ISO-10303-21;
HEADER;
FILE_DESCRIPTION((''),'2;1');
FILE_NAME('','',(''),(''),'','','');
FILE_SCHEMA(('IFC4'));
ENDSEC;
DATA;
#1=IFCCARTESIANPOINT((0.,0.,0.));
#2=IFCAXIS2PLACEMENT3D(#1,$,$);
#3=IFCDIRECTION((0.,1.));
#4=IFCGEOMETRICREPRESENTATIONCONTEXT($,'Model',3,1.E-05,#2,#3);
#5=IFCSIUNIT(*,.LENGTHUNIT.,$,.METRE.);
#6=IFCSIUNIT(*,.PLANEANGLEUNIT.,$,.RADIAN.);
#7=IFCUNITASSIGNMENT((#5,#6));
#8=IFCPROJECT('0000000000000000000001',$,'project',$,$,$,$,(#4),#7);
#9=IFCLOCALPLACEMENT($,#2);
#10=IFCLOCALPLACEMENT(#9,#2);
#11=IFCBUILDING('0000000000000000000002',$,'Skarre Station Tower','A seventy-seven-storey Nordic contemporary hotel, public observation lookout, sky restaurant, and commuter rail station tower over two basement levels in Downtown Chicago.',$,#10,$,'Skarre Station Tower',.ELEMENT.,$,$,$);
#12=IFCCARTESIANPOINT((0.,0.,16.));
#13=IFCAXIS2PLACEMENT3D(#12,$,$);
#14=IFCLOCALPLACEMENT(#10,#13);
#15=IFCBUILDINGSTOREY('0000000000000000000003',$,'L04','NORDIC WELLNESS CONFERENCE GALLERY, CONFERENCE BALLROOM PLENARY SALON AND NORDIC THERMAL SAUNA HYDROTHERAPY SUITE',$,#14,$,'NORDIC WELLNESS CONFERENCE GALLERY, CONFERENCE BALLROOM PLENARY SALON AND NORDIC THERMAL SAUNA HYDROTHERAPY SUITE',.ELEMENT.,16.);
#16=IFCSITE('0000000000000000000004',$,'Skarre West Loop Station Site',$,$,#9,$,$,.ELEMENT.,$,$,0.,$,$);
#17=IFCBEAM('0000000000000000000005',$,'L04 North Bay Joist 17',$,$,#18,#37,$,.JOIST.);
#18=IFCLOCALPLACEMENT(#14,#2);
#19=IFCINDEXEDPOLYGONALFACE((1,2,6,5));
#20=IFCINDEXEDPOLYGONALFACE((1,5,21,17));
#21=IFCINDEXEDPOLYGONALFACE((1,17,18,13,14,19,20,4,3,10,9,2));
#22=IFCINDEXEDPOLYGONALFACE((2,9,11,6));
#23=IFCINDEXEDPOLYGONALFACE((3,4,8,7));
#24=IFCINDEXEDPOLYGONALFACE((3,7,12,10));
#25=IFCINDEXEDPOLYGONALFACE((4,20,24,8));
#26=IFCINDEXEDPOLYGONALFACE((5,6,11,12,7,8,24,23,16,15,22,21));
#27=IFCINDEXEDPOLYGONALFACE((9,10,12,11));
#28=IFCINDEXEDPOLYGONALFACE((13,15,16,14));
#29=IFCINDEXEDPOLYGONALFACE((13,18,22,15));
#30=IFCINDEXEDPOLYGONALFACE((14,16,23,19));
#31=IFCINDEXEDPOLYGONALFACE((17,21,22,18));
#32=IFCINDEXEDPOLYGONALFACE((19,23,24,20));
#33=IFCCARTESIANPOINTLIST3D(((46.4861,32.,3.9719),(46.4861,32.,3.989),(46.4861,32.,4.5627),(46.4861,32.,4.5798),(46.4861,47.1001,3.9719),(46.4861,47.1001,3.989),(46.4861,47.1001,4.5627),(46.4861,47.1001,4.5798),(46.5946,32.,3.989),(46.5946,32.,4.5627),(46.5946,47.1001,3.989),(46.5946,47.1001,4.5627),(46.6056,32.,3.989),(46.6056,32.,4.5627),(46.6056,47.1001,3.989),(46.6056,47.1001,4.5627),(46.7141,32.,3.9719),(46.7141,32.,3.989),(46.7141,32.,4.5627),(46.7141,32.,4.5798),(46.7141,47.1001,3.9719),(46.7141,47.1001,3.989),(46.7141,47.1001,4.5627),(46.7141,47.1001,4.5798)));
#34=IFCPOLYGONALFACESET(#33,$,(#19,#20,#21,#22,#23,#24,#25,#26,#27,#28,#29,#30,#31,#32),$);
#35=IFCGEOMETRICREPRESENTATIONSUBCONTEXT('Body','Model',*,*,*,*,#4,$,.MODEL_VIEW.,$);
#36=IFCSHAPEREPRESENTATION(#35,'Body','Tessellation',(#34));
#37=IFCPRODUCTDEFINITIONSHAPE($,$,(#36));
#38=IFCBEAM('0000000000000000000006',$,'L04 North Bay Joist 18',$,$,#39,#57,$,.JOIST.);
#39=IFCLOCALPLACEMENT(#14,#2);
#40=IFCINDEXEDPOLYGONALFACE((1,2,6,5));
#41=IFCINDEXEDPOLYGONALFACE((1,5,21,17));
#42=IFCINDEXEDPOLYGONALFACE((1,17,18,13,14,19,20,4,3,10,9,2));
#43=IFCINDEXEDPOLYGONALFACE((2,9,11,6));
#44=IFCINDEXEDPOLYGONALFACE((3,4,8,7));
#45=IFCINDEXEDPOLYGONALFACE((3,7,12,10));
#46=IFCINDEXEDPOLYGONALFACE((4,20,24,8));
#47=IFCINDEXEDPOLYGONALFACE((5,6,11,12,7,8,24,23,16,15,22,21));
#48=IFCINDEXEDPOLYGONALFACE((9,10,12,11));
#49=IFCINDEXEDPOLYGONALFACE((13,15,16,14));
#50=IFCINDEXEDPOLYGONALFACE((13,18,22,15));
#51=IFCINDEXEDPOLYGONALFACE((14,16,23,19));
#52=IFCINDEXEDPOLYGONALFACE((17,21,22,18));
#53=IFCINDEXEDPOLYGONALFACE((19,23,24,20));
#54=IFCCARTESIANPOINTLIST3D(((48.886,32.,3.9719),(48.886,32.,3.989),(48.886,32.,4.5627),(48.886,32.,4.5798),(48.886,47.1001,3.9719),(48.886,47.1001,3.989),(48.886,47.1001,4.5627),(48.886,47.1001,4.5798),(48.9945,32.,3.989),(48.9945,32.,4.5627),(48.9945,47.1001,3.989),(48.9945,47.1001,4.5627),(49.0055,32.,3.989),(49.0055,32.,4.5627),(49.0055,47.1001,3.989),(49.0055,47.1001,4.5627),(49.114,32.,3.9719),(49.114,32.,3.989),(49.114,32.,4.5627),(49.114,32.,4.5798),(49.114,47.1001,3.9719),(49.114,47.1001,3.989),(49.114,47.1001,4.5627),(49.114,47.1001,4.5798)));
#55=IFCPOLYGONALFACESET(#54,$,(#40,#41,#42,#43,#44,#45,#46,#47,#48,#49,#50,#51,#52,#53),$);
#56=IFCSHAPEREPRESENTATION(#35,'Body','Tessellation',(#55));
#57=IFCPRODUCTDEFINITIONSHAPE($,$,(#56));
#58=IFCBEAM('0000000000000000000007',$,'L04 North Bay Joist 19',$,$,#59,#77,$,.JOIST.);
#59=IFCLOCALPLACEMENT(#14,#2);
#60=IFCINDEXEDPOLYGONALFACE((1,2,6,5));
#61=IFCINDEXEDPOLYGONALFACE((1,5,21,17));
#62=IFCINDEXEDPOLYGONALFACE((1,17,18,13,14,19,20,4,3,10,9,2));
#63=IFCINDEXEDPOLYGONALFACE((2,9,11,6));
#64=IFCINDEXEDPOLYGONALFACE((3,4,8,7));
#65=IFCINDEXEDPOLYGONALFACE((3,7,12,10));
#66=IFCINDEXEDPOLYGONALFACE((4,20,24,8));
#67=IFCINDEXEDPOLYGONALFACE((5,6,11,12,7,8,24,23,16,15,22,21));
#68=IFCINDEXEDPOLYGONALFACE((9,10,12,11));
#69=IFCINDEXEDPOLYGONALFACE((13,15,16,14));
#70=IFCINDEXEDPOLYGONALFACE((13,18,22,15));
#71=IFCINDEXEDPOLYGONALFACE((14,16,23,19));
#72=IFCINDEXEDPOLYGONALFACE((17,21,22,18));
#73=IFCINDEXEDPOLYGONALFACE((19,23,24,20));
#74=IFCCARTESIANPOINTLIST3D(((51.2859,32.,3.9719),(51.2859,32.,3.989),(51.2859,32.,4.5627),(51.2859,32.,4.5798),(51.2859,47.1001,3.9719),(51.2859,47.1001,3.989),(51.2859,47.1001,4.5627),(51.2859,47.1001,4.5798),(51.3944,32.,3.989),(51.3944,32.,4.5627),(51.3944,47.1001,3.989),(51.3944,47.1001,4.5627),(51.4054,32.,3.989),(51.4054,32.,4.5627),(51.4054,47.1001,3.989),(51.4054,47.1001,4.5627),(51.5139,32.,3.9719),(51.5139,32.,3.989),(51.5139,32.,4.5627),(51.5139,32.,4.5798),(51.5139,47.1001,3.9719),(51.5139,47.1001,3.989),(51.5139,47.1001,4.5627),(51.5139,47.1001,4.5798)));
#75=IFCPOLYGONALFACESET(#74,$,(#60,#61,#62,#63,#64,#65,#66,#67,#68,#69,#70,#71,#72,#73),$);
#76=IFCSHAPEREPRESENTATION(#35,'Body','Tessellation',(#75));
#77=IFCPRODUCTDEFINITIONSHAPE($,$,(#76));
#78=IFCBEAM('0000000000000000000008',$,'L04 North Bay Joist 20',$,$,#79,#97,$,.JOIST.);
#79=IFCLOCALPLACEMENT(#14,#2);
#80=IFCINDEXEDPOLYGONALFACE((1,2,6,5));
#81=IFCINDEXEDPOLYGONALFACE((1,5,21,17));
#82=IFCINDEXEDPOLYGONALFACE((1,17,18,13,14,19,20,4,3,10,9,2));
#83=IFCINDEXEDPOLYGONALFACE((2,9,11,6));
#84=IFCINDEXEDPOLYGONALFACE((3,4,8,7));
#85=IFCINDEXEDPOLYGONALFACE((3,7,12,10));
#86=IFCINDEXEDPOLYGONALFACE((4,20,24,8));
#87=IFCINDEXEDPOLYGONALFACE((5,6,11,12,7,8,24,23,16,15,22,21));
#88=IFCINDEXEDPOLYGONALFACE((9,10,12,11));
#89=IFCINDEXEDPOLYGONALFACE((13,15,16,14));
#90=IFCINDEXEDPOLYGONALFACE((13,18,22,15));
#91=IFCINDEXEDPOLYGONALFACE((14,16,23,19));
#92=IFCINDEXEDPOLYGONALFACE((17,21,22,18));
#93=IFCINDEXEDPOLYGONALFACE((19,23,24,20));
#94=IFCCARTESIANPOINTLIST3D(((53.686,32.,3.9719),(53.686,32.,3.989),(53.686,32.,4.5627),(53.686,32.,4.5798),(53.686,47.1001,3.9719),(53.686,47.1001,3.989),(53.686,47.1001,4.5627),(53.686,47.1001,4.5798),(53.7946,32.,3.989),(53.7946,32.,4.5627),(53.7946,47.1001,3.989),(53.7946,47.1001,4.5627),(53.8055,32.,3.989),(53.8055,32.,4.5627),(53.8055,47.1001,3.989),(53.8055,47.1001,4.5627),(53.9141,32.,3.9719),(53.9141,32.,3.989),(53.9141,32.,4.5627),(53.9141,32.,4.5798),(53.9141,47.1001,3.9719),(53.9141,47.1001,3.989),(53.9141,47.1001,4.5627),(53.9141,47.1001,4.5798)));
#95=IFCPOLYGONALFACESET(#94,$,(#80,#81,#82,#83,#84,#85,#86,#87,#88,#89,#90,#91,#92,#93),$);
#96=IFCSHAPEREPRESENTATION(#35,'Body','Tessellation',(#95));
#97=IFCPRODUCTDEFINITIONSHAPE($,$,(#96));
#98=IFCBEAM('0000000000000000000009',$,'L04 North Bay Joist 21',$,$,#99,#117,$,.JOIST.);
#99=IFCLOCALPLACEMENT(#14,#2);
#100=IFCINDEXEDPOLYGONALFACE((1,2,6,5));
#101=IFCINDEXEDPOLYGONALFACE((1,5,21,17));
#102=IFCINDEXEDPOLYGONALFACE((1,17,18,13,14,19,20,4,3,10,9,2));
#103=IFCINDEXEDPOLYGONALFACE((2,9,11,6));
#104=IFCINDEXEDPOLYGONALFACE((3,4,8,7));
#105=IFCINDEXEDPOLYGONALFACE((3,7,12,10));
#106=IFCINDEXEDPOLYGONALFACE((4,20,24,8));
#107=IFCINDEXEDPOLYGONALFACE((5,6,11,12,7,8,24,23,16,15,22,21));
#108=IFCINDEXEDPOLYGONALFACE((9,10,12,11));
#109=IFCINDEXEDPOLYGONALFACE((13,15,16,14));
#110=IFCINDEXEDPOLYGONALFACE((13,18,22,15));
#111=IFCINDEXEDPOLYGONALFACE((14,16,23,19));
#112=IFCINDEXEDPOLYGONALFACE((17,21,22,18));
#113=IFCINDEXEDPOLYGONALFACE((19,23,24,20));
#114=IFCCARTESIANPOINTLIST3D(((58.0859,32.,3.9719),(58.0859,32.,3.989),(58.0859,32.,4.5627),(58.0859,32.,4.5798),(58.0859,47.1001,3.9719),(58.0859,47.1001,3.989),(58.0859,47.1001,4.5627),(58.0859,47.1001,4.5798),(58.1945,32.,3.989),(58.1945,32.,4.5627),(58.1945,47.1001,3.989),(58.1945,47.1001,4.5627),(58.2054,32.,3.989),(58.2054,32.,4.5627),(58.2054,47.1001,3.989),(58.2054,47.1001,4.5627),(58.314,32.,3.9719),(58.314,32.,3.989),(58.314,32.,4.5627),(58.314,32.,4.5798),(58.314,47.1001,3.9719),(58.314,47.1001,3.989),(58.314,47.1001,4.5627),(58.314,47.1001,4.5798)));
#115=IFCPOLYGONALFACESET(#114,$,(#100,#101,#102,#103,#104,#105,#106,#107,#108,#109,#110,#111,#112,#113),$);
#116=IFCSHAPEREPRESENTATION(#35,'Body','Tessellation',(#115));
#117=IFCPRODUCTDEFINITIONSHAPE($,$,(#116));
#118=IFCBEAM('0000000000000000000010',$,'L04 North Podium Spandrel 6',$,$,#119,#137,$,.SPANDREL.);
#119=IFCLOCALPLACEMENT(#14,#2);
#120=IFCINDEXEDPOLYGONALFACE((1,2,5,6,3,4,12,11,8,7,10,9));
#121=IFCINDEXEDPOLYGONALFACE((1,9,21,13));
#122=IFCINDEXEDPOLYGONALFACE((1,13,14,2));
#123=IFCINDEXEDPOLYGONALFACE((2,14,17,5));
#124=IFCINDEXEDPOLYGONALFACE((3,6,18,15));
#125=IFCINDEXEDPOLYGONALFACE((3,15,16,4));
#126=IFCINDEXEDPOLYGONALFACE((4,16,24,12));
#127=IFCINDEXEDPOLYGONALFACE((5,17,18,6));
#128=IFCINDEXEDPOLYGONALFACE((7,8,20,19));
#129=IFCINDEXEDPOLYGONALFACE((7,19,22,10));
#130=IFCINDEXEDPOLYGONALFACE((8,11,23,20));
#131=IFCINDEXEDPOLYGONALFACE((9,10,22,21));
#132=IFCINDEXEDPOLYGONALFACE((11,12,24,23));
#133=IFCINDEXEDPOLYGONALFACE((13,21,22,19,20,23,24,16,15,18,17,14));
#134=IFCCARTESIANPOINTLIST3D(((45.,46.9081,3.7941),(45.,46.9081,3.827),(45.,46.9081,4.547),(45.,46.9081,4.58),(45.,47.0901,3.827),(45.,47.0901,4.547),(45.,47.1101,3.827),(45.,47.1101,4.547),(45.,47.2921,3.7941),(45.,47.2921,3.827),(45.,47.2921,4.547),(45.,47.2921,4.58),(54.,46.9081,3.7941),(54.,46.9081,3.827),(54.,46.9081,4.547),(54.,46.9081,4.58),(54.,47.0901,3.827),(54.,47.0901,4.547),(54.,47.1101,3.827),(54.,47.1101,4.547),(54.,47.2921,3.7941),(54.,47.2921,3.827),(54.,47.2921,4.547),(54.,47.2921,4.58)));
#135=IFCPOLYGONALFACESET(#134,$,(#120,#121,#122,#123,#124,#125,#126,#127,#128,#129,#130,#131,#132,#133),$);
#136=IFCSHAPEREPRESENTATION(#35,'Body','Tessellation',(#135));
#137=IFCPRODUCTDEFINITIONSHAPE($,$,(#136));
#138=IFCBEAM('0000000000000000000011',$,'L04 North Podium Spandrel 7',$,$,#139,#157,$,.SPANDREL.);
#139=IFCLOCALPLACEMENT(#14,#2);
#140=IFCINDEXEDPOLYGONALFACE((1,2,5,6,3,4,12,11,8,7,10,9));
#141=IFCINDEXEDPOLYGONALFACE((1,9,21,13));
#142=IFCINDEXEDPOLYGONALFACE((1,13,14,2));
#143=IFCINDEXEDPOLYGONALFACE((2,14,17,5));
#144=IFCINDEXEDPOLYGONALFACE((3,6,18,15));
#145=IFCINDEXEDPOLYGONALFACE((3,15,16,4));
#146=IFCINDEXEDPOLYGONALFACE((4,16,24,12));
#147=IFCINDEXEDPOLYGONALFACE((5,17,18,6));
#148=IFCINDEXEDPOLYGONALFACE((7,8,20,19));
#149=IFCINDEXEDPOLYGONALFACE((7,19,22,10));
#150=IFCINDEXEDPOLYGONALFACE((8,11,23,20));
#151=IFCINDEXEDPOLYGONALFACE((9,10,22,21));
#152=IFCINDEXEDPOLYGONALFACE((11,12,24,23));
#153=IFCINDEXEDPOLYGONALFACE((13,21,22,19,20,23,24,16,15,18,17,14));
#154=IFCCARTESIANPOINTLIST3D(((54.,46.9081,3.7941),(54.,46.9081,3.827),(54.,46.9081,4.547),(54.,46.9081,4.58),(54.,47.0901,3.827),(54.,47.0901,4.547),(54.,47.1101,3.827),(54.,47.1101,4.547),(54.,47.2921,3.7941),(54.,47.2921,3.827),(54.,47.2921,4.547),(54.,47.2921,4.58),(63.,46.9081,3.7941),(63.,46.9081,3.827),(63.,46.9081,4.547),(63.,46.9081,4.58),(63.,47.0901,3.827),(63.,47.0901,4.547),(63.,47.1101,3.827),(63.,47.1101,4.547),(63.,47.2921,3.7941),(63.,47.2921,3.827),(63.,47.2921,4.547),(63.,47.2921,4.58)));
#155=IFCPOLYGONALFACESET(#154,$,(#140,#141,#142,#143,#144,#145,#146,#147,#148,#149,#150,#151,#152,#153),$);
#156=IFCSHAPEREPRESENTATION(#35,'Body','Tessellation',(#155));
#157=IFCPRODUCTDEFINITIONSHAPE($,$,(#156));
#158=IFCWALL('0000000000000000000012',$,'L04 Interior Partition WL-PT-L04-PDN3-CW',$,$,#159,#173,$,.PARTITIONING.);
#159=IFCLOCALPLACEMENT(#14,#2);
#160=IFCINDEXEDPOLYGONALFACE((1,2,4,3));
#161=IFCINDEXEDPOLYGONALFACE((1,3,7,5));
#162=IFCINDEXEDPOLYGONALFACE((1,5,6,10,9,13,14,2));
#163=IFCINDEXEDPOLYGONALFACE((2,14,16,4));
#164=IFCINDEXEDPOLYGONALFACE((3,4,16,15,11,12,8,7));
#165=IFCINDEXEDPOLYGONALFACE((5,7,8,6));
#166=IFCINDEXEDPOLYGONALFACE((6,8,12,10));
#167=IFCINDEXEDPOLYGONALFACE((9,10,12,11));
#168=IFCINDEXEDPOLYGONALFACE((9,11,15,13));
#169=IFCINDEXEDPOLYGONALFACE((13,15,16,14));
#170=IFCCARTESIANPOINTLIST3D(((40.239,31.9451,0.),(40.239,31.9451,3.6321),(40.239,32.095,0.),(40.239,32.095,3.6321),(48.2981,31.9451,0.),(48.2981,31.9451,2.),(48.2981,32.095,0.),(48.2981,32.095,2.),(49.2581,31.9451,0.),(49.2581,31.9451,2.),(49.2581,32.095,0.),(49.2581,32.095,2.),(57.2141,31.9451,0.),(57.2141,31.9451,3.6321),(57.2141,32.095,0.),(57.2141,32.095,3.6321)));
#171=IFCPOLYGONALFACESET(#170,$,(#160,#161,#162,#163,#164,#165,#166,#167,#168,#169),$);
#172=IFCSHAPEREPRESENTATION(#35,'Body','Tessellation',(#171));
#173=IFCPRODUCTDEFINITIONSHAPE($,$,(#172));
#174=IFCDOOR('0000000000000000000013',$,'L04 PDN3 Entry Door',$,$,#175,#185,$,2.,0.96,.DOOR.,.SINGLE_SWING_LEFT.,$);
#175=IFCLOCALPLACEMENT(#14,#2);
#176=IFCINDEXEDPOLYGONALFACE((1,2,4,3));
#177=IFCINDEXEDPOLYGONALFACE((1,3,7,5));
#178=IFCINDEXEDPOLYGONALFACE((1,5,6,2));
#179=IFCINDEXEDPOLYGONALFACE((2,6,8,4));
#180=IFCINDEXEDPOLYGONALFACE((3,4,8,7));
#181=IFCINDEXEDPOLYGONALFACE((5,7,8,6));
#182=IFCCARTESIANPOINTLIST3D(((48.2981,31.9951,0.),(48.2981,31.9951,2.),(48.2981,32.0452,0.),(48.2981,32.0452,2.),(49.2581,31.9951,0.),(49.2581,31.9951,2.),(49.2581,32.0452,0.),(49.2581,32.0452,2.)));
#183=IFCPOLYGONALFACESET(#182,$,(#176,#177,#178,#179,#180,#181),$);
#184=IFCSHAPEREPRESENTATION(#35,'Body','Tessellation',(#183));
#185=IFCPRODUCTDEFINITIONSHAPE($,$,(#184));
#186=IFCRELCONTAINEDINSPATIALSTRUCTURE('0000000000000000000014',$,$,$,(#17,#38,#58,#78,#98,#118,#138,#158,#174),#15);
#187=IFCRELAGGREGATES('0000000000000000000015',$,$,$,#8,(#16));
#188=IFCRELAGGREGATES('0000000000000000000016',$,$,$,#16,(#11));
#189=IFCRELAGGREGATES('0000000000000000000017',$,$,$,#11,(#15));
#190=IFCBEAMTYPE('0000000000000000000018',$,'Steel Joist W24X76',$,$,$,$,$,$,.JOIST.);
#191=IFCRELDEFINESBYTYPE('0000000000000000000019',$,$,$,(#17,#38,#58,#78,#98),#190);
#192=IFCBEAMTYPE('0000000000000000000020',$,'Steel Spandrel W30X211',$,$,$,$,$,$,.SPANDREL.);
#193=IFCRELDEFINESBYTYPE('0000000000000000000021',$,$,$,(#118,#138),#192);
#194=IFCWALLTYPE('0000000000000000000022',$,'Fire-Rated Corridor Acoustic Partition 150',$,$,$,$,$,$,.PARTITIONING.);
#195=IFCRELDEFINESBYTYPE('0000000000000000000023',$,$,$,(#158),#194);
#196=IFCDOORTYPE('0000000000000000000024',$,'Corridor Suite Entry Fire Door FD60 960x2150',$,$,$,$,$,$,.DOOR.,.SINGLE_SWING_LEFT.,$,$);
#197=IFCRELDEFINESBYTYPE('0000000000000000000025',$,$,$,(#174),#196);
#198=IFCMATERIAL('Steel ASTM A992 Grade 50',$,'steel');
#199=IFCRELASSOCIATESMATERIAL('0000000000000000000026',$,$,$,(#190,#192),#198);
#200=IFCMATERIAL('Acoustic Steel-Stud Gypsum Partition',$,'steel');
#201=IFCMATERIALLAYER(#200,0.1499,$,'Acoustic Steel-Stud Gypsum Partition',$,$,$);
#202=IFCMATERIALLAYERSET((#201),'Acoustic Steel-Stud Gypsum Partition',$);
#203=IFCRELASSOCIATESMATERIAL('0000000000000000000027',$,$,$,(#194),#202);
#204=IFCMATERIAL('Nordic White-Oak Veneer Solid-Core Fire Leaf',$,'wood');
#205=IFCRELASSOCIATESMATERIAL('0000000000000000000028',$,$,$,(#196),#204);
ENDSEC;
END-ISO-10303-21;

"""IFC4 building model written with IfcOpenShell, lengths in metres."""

from ifc_helpers import new_model, si_unit, direction, frame, frame_2d, origin, origin_2d, place, context, subcontext, project, spatial, rectangle, i_section, extrude, material, layer, layer_set, material_profile, profile_set, type_object, element, fill, save


model = new_model("IFC4")

# Units and contexts
model_context = context("Model", 3, precision=1e-05, world=origin(), true_north=direction((0.0, 1.0)))
body_context = subcontext(model_context, "Body", "Model", "MODEL_VIEW")
ifc_project = project(units=[si_unit("LENGTHUNIT", "METRE"), si_unit("PLANEANGLEUNIT", "RADIAN")], contexts=[model_context])

# Site, building, storey
site_placement = place(None, origin())
site = spatial("IfcSite", under=ifc_project, at=site_placement, Name="Skarre West Loop Station Site", CompositionType="ELEMENT", RefElevation=0.0)
building_placement = place(site_placement, origin())
building = spatial("IfcBuilding", under=site, at=building_placement, Name="Skarre Station Tower", Description="A seventy-seven-storey Nordic contemporary hotel, public observation lookout, sky restaurant, and commuter rail station tower over two basement levels in Downtown Chicago.", LongName="Skarre Station Tower", CompositionType="ELEMENT")
storey_placement = place(building_placement, frame((0.0, 0.0, 16.0)))
storey = spatial("IfcBuildingStorey", under=building, at=storey_placement, Name="L04", Description="NORDIC WELLNESS CONFERENCE GALLERY, CONFERENCE BALLROOM PLENARY SALON AND NORDIC THERMAL SAUNA HYDROTHERAPY SUITE", LongName="NORDIC WELLNESS CONFERENCE GALLERY, CONFERENCE BALLROOM PLENARY SALON AND NORDIC THERMAL SAUNA HYDROTHERAPY SUITE", CompositionType="ELEMENT", Elevation=16.0)

# Beams
ifc_material_1 = material(Name="Steel ASTM A992 Grade 50", Category="steel")
ifc_material_profile_1 = material_profile(ifc_material_1, i_section(OverallWidth=0.228, OverallDepth=0.6079, WebThickness=0.011, FlangeThickness=0.0171, at=origin_2d()), Name="Steel ASTM A992 Grade 50")
ifc_profile_set_1 = profile_set([ifc_material_profile_1], Name="Steel ASTM A992 Grade 50")
beam_type_1 = type_object("IfcBeamType", Name="Steel Joist W24X76", PredefinedType="JOIST", material=ifc_profile_set_1)
for number, where, z_axis, x_axis, name in (
    (1, (46.6001, 32.0, 4.2759), (0.0, 1.0, 0.0), (-1.0, 0.0, 0.0), "L04 North Bay Joist 17"),
    (2, (49.0, 32.0, 4.2759), (0.0, 1.0, 0.0), (-1.0, 0.0, 0.0), "L04 North Bay Joist 18"),
    (3, (51.3999, 32.0, 4.2759), (0.0, 1.0, 0.0), (-1.0, 0.0, 0.0), "L04 North Bay Joist 19"),
    (4, (53.8, 32.0, 4.2759), (0.0, 1.0, 0.0), (-1.0, 0.0, 0.0), "L04 North Bay Joist 20"),
    (5, (58.2, 32.0, 4.2759), (0.0, 1.0, 0.0), (-1.0, 0.0, 0.0), "L04 North Bay Joist 21"),
):
    element("IfcBeam", number, at=place(storey_placement, frame(where, z_axis=z_axis, x_axis=x_axis)), inside=storey, type_object=beam_type_1, Name=name, PredefinedType="JOIST", context=body_context, shape_type="SweptSolid", body=[
        extrude(i_section(OverallWidth=0.228, OverallDepth=0.6079, WebThickness=0.011, FlangeThickness=0.0171, at=origin_2d()), origin(), (0.0, 0.0, 1.0), 15.1001),
    ])
ifc_material_profile_2 = material_profile(ifc_material_1, i_section(OverallWidth=0.384, OverallDepth=0.7859, WebThickness=0.02, FlangeThickness=0.033, at=origin_2d()), Name="Steel ASTM A992 Grade 50")
ifc_profile_set_2 = profile_set([ifc_material_profile_2], Name="Steel ASTM A992 Grade 50")
beam_type_2 = type_object("IfcBeamType", Name="Steel Spandrel W30X211", PredefinedType="SPANDREL", material=ifc_profile_set_2)
for number, where, z_axis, x_axis, name in (
    (6, (45.0, 47.1001, 4.187), (1.0, 0.0, 0.0), (0.0, 1.0, 0.0), "L04 North Podium Spandrel 6"),
    (7, (54.0, 47.1001, 4.187), (1.0, 0.0, 0.0), (0.0, 1.0, 0.0), "L04 North Podium Spandrel 7"),
):
    element("IfcBeam", number, at=place(storey_placement, frame(where, z_axis=z_axis, x_axis=x_axis)), inside=storey, type_object=beam_type_2, Name=name, PredefinedType="SPANDREL", context=body_context, shape_type="SweptSolid", body=[
        extrude(i_section(OverallWidth=0.384, OverallDepth=0.7859, WebThickness=0.02, FlangeThickness=0.033, at=origin_2d()), origin(), (0.0, 0.0, 1.0), 9.0),
    ])

# Wall, opening, door
ifc_material_2 = material(Name="Acoustic Steel-Stud Gypsum Partition", Category="steel")
ifc_layer_1 = layer(ifc_material_2, 0.1499, Name="Acoustic Steel-Stud Gypsum Partition")
ifc_layer_set_1 = layer_set([ifc_layer_1], Name="Acoustic Steel-Stud Gypsum Partition")
wall_type_1 = type_object("IfcWallType", Name="Fire-Rated Corridor Acoustic Partition 150", PredefinedType="PARTITIONING", material=ifc_layer_set_1)
wall_1_placement = place(storey_placement, frame((57.2141, 32.02, 0.0), z_axis=(0.0, 0.0, 1.0), x_axis=(-1.0, 0.0, 0.0)))
wall_1 = element("IfcWall", 8, at=wall_1_placement, inside=storey, type_object=wall_type_1, Name="L04 Interior Partition WL-PT-L04-PDN3-CW", PredefinedType="PARTITIONING", context=body_context, shape_type="SweptSolid", body=[
    extrude(rectangle(XDim=16.9751, YDim=0.1499, at=frame_2d((8.4875, 0.0))), origin(), (0.0, 0.0, 1.0), 3.6321),
])
opening_1_placement = place(wall_1_placement, frame((7.9561, 0.0, 0.0)))
opening_1 = element("IfcOpeningElement", 9, at=opening_1_placement, cuts=wall_1, PredefinedType="OPENING", context=body_context, shape_type="SweptSolid", body=[
    extrude(rectangle(XDim=0.96, YDim=2.0, at=frame_2d((0.48, 1.0))), frame((0.0, 0.085, 0.0), z_axis=(0.0, -1.0, 0.0), x_axis=(1.0, 0.0, 0.0)), (0.0, 0.0, 1.0), 0.1699),
])
ifc_material_3 = material(Name="Nordic White-Oak Veneer Solid-Core Fire Leaf", Category="wood")
door_type = type_object("IfcDoorType", Name="Corridor Suite Entry Fire Door FD60 960x2150", OperationType="SINGLE_SWING_LEFT", PredefinedType="DOOR", material=ifc_material_3)
door_placement = place(opening_1_placement, origin())
door = element("IfcDoor", 10, at=door_placement, inside=storey, type_object=door_type, Name="L04 PDN3 Entry Door", OperationType="SINGLE_SWING_LEFT", OverallHeight=2.0, OverallWidth=0.96, PredefinedType="DOOR", context=body_context, shape_type="SweptSolid", body=[
    extrude(rectangle(XDim=0.96, YDim=2.0, at=frame_2d((0.48, 1.0))), frame((0.0, 0.0249, 0.0), z_axis=(0.0, -1.0, 0.0), x_axis=(1.0, 0.0, 0.0)), (0.0, 0.0, 1.0), 0.05),
])
fill(opening_1, door)

save(model, "model.ifc")
